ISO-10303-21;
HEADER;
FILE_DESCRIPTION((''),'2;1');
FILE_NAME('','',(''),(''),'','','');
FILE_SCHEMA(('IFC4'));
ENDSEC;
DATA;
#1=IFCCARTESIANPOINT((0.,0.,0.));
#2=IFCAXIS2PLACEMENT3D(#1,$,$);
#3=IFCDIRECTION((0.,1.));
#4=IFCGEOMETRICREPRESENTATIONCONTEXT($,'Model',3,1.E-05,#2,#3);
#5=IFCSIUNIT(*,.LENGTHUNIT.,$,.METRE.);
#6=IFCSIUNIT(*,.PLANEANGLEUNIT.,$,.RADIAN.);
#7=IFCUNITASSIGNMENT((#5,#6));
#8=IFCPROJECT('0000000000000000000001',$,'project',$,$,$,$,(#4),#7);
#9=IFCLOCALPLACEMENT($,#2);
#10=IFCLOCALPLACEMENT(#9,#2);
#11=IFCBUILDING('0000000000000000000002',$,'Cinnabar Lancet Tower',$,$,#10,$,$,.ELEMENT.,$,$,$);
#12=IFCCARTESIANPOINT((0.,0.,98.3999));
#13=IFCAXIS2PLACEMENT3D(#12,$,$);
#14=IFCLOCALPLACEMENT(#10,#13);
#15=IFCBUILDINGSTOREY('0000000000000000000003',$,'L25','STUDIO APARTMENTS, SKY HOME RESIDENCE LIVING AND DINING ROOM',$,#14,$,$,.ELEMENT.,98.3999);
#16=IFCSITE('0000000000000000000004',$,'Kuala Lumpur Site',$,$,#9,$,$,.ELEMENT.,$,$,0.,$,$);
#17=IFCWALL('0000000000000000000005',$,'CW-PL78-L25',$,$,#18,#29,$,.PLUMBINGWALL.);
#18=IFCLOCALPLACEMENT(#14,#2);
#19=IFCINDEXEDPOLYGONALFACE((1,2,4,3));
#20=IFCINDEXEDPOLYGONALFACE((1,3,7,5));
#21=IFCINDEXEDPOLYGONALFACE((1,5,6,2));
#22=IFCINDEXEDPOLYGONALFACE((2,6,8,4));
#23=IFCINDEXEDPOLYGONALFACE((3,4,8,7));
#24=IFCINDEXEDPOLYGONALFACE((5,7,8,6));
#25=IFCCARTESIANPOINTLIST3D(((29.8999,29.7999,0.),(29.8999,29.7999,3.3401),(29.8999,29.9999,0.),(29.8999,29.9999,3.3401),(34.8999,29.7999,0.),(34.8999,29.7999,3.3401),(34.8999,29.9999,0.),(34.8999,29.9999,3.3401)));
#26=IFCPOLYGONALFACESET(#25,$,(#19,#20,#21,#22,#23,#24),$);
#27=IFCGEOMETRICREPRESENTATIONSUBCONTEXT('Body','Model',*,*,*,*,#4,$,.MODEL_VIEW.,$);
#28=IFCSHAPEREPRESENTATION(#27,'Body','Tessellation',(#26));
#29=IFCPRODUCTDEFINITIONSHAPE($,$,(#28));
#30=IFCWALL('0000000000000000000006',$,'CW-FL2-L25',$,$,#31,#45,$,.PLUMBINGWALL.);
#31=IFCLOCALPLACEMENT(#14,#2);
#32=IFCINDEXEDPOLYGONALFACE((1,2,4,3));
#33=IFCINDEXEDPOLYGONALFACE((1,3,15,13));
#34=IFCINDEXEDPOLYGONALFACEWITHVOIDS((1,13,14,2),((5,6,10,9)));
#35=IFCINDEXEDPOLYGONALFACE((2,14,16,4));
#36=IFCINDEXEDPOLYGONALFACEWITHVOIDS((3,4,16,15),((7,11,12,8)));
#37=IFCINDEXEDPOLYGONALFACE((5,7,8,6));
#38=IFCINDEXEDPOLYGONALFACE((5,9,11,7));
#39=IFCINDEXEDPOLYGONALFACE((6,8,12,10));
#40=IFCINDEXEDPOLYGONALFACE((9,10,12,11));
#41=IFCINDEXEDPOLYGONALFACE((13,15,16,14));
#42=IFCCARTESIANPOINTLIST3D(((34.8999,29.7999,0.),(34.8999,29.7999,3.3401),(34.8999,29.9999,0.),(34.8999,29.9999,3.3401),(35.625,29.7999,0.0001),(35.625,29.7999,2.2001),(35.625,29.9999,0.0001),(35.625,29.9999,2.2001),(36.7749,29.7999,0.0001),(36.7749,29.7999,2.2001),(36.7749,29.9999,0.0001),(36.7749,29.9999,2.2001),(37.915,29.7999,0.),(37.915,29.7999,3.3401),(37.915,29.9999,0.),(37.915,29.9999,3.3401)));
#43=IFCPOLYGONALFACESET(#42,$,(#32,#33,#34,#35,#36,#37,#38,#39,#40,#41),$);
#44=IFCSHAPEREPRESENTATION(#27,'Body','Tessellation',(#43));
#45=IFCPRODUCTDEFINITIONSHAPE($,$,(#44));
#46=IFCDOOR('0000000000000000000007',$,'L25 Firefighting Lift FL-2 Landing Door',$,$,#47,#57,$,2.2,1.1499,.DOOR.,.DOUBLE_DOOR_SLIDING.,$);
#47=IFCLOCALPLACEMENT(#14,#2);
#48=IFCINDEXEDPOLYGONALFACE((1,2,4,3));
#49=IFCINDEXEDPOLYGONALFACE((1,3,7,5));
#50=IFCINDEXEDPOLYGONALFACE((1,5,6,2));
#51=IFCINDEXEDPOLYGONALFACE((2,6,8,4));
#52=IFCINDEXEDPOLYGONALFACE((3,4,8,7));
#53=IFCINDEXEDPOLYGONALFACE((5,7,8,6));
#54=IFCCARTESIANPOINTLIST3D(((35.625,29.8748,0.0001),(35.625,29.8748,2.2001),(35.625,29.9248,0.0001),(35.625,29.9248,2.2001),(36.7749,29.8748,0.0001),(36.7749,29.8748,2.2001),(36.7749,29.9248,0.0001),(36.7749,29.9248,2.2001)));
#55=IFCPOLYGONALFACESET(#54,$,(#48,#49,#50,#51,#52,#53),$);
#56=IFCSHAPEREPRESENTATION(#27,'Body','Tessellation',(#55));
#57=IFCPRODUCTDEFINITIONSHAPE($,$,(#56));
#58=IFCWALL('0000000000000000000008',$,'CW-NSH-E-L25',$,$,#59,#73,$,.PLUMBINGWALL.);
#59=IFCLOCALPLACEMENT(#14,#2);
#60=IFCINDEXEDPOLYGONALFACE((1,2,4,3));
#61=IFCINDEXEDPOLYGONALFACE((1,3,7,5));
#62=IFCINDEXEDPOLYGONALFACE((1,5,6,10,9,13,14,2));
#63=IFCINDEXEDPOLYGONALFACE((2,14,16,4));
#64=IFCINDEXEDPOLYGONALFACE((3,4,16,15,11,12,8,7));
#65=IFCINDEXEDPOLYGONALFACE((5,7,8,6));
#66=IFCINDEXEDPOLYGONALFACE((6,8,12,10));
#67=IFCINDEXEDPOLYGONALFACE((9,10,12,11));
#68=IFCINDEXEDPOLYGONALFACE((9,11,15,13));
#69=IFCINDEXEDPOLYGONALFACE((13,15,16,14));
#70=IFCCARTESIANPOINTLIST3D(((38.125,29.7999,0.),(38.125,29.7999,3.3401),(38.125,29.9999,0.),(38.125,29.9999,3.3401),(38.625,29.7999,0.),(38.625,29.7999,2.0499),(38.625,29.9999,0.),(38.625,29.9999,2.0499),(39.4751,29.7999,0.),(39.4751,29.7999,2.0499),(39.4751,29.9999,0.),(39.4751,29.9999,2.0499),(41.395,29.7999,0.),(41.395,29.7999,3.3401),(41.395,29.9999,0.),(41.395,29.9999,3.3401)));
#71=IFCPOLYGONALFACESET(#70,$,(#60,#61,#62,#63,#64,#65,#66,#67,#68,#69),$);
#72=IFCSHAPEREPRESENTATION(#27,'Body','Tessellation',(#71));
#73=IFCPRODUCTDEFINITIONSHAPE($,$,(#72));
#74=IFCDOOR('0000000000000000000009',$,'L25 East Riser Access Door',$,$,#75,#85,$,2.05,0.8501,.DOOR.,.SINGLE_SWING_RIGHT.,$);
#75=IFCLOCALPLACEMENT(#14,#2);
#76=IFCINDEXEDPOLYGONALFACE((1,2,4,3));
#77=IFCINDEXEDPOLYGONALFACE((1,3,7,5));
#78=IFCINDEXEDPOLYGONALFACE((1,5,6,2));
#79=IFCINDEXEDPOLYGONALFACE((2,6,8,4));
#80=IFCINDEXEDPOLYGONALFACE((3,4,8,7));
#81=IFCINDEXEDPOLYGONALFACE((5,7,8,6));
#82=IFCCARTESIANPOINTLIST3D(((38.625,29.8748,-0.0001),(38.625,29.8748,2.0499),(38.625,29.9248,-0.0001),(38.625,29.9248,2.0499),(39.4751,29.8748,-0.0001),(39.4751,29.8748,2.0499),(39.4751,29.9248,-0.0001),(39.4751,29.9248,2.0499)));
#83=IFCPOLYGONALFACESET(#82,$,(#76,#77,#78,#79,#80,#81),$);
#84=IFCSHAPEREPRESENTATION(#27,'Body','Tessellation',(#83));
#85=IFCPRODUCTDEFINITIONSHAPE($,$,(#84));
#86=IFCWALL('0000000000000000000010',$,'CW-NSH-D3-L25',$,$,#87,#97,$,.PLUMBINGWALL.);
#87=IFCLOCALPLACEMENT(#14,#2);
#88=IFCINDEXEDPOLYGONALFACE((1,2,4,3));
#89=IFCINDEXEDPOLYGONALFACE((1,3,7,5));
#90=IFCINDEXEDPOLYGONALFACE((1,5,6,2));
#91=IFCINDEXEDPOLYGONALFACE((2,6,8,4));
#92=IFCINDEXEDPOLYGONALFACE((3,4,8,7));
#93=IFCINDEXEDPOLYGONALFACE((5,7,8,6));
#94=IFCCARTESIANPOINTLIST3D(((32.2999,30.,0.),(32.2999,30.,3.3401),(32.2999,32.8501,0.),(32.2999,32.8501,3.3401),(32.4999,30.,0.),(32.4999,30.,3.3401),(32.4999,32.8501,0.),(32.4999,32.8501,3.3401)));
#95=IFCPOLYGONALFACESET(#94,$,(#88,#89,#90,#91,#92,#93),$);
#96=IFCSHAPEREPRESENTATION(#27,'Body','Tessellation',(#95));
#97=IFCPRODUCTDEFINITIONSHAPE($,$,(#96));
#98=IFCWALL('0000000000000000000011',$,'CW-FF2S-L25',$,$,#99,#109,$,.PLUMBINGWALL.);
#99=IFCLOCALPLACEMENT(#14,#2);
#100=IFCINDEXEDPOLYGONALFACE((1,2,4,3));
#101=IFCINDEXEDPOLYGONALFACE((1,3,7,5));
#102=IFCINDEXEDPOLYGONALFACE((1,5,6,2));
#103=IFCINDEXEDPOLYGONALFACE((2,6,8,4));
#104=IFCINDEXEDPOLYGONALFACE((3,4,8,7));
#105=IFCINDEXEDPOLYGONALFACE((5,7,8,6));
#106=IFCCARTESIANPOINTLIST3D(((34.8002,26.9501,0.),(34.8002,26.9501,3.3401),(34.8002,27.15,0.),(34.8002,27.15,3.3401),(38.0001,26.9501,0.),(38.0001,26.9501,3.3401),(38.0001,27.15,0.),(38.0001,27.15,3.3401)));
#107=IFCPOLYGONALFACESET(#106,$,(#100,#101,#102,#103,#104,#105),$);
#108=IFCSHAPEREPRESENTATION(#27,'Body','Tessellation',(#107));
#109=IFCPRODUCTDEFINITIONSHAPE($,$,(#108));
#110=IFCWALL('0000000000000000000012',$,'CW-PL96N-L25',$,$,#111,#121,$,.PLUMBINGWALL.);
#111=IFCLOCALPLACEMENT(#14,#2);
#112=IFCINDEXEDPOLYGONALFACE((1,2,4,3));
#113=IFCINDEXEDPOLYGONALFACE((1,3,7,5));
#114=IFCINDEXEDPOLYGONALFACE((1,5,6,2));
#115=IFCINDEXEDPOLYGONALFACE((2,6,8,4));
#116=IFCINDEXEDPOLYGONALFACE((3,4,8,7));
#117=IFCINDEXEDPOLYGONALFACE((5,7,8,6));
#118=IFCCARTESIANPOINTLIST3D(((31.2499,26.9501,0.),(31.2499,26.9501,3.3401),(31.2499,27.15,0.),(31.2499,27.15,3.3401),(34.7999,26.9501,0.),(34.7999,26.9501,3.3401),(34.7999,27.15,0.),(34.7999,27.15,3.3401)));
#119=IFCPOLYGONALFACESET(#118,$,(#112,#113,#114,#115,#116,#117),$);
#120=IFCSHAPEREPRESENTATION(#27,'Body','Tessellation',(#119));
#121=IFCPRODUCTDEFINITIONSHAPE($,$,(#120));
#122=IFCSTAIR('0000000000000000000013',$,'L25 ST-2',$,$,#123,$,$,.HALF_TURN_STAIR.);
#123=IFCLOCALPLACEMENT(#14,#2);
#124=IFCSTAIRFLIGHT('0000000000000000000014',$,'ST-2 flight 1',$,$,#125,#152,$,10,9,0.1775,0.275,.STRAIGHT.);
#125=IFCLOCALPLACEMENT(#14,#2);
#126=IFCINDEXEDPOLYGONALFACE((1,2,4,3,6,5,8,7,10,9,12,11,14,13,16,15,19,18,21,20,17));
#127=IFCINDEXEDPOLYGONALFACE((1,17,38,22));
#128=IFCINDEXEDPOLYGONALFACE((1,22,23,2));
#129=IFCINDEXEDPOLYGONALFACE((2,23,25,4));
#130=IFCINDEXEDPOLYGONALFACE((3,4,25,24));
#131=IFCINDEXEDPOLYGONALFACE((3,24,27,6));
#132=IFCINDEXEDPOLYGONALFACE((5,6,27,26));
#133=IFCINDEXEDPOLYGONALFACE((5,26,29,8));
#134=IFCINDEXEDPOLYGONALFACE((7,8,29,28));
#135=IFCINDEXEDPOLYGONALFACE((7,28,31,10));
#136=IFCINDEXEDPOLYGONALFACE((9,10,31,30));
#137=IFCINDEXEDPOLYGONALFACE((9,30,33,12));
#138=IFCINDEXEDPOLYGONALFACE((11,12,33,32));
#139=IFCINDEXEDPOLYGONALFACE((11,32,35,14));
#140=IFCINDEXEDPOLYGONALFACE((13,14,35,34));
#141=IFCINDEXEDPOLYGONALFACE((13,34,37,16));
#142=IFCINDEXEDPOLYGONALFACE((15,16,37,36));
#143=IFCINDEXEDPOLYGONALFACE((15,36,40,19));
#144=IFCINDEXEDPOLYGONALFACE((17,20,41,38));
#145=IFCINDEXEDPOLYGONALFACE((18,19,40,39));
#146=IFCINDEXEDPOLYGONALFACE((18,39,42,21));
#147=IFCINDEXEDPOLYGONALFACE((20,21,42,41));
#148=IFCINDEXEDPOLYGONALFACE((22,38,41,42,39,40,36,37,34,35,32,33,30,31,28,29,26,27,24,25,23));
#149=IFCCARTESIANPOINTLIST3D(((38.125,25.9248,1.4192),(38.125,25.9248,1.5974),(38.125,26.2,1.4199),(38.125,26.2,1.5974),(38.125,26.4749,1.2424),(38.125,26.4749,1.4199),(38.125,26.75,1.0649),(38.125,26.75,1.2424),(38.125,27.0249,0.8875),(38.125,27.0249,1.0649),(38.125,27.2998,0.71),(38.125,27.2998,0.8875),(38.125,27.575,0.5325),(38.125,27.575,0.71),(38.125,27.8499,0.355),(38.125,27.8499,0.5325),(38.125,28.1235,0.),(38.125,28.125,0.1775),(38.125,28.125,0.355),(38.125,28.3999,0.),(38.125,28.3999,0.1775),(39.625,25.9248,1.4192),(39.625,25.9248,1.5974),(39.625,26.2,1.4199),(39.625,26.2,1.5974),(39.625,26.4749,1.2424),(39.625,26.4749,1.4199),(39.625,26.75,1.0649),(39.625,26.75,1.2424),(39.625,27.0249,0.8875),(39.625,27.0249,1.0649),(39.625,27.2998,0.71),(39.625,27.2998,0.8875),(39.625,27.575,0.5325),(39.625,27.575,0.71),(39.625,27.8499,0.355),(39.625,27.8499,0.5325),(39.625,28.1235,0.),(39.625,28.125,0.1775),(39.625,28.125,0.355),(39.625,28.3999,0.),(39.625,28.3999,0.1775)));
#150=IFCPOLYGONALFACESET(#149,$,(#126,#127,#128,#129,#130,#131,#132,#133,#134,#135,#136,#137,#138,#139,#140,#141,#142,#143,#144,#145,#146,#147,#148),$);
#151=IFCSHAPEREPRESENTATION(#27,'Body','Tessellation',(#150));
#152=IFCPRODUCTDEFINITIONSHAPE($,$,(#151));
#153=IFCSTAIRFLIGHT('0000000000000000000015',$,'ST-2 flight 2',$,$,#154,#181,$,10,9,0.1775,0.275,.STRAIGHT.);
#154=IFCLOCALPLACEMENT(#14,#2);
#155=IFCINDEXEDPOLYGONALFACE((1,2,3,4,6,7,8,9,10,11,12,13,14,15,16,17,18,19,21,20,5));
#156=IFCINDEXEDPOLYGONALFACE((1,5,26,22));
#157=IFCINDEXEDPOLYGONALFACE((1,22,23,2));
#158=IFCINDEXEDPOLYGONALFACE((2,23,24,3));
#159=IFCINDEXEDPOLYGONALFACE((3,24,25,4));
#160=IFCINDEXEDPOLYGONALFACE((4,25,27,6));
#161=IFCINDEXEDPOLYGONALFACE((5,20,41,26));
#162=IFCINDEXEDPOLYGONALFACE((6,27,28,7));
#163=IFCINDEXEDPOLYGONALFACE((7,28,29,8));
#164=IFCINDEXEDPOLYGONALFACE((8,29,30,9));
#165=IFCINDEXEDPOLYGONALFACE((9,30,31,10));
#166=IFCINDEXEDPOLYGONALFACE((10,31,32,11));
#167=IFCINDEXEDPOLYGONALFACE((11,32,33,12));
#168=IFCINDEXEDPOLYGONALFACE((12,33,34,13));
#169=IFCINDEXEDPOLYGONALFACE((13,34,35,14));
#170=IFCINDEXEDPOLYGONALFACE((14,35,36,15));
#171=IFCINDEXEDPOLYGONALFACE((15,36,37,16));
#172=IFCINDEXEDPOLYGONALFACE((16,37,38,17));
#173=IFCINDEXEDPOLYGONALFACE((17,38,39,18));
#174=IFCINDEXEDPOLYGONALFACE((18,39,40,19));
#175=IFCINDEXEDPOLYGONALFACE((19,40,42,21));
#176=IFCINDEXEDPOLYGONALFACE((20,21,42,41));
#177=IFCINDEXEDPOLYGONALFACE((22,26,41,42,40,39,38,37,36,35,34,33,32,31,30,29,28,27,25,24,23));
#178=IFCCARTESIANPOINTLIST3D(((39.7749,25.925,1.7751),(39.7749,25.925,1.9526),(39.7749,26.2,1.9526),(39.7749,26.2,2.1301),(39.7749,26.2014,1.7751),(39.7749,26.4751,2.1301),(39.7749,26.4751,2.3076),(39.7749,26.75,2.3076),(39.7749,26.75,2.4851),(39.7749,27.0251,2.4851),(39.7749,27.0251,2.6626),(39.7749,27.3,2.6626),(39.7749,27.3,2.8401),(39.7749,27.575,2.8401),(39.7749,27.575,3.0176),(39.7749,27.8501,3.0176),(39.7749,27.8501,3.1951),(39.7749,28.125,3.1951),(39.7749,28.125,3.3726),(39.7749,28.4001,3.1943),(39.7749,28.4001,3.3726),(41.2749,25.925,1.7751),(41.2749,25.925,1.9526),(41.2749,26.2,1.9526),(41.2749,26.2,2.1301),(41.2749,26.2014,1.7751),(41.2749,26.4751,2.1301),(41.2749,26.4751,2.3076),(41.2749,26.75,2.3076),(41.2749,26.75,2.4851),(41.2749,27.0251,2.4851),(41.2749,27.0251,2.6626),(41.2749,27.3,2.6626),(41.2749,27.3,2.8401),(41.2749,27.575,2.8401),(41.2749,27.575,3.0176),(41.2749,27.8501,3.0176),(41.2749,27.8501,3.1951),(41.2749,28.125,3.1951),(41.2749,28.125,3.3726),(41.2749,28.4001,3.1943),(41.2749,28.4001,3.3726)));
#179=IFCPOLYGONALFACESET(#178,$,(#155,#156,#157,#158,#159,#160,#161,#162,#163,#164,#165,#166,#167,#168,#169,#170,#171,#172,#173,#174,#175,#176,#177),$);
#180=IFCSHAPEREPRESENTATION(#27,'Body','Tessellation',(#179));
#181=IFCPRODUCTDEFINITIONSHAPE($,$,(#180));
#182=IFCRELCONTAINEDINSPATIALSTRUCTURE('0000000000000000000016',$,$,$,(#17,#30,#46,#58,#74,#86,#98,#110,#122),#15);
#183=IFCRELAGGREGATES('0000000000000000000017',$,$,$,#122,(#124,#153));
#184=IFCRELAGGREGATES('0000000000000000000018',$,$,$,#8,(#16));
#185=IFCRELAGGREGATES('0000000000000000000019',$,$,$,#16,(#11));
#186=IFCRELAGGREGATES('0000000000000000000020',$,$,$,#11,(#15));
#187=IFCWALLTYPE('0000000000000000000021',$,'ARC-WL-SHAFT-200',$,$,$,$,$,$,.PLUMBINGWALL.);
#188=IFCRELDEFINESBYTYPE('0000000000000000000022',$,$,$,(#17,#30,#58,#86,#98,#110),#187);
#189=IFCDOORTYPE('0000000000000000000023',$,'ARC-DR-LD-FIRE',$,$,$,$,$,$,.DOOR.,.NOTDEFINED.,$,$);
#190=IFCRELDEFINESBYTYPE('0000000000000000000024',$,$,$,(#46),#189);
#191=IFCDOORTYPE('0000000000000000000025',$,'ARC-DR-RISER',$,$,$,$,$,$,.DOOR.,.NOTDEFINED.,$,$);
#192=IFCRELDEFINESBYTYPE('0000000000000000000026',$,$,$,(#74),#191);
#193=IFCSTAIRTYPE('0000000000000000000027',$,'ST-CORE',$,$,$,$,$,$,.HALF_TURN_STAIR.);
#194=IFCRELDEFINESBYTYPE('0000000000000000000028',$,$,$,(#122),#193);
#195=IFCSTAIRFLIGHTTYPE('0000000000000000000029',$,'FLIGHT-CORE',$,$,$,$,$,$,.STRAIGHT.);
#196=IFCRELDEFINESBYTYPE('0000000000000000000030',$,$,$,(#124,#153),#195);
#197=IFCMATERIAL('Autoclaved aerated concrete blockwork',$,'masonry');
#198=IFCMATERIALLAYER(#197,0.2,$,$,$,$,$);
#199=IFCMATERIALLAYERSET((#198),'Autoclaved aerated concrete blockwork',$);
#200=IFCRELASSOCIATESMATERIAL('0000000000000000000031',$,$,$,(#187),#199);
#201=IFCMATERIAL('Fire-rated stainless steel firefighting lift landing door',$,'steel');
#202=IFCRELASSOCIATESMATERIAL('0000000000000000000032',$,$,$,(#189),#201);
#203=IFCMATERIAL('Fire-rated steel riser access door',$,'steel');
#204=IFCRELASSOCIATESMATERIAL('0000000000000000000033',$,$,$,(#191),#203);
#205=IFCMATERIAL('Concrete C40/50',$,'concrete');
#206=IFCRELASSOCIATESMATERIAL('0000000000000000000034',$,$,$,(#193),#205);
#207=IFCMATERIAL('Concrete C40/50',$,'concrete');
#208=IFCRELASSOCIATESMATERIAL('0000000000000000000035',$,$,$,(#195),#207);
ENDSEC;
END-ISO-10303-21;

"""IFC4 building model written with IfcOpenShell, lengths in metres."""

from ifc_helpers import new_model, si_unit, direction, frame, frame_2d, origin, place, context, subcontext, project, spatial, polyline, rectangle, outline, extrude, material, layer, layer_set, type_object, element, fill, aggregate, save


model = new_model("IFC4")

# Units and contexts
model_context = context("Model", 3, precision=1e-05, world=origin(), true_north=direction((0.0, 1.0)))
body_context = subcontext(model_context, "Body", "Model", "MODEL_VIEW")
ifc_project = project(units=[si_unit("LENGTHUNIT", "METRE"), si_unit("PLANEANGLEUNIT", "RADIAN")], contexts=[model_context])

# Site, building, storey
site_placement = place(None, origin())
site = spatial("IfcSite", under=ifc_project, at=site_placement, Name="Kuala Lumpur Site", CompositionType="ELEMENT", RefElevation=0.0)
building_placement = place(site_placement, origin())
building = spatial("IfcBuilding", under=site, at=building_placement, Name="Cinnabar Lancet Tower", CompositionType="ELEMENT")
storey_placement = place(building_placement, frame((0.0, 0.0, 98.3999)))
storey = spatial("IfcBuildingStorey", under=building, at=storey_placement, Name="L25", Description="STUDIO APARTMENTS, SKY HOME RESIDENCE LIVING AND DINING ROOM", CompositionType="ELEMENT", Elevation=98.3999)

# Wall
ifc_material_1 = material(Name="Autoclaved aerated concrete blockwork", Category="masonry")
ifc_layer = layer(ifc_material_1, 0.2)
ifc_layer_set = layer_set([ifc_layer], Name="Autoclaved aerated concrete blockwork")
wall_type = type_object("IfcWallType", Name="ARC-WL-SHAFT-200", PredefinedType="PLUMBINGWALL", material=ifc_layer_set)
wall_1_placement = place(storey_placement, frame((29.8999, 29.8999, 0.0), z_axis=(0.0, 0.0, 1.0), x_axis=(1.0, 0.0, 0.0)))
element("IfcWall", 1, at=wall_1_placement, inside=storey, type_object=wall_type, Name="CW-PL78-L25", PredefinedType="PLUMBINGWALL", context=body_context, shape_type="SweptSolid", body=[
    extrude(rectangle(XDim=5.0, YDim=0.2, at=frame_2d((2.5, 0.0))), origin(), (0.0, 0.0, 1.0), 3.3401),
])

# Walls, openings, doors
wall_2_placement = place(storey_placement, frame((34.8999, 29.8999, 0.0), z_axis=(0.0, 0.0, 1.0), x_axis=(1.0, 0.0, 0.0)))
wall_2 = element("IfcWall", 2, at=wall_2_placement, inside=storey, type_object=wall_type, Name="CW-FL2-L25", PredefinedType="PLUMBINGWALL", context=body_context, shape_type="SweptSolid", body=[
    extrude(rectangle(XDim=3.0151, YDim=0.2, at=frame_2d((1.5076, 0.0))), origin(), (0.0, 0.0, 1.0), 3.3401),
])
opening_1_placement = place(wall_2_placement, frame((0.7251, 0.0, 0.0)))
opening_1 = element("IfcOpeningElement", 3, at=opening_1_placement, cuts=wall_2, PredefinedType="OPENING", context=body_context, shape_type="SweptSolid", body=[
    extrude(rectangle(XDim=1.1499, YDim=2.2, at=frame_2d((0.575, 1.1001))), frame((0.0, 0.1099, 0.0), z_axis=(0.0, -1.0, 0.0), x_axis=(1.0, 0.0, 0.0)), (0.0, 0.0, 1.0), 0.22),
])
ifc_material_2 = material(Name="Fire-rated stainless steel firefighting lift landing door", Category="steel")
door_type_1 = type_object("IfcDoorType", Name="ARC-DR-LD-FIRE", OperationType="NOTDEFINED", PredefinedType="DOOR", material=ifc_material_2)
door_1_placement = place(opening_1_placement, origin())
door_1 = element("IfcDoor", 4, at=door_1_placement, inside=storey, type_object=door_type_1, Name="L25 Firefighting Lift FL-2 Landing Door", OperationType="DOUBLE_DOOR_SLIDING", OverallHeight=2.2, OverallWidth=1.1499, PredefinedType="DOOR", context=body_context, shape_type="SweptSolid", body=[
    extrude(rectangle(XDim=1.1499, YDim=2.2, at=frame_2d((0.575, 1.1001))), frame((0.0, 0.0249, 0.0), z_axis=(0.0, -1.0, 0.0), x_axis=(1.0, 0.0, 0.0)), (0.0, 0.0, 1.0), 0.05),
])
fill(opening_1, door_1)
wall_3_placement = place(storey_placement, frame((38.125, 29.8999, 0.0), z_axis=(0.0, 0.0, 1.0), x_axis=(1.0, 0.0, 0.0)))
wall_3 = element("IfcWall", 5, at=wall_3_placement, inside=storey, type_object=wall_type, Name="CW-NSH-E-L25", PredefinedType="PLUMBINGWALL", context=body_context, shape_type="SweptSolid", body=[
    extrude(rectangle(XDim=3.27, YDim=0.2, at=frame_2d((1.635, 0.0))), origin(), (0.0, 0.0, 1.0), 3.3401),
])
opening_2_placement = place(wall_3_placement, frame((0.5, 0.0, 0.0)))
opening_2 = element("IfcOpeningElement", 6, at=opening_2_placement, cuts=wall_3, PredefinedType="OPENING", context=body_context, shape_type="SweptSolid", body=[
    extrude(rectangle(XDim=0.8501, YDim=2.05, at=frame_2d((0.425, 1.0249))), frame((0.0, 0.1099, 0.0), z_axis=(0.0, -1.0, 0.0), x_axis=(1.0, 0.0, 0.0)), (0.0, 0.0, 1.0), 0.22),
])
ifc_material_3 = material(Name="Fire-rated steel riser access door", Category="steel")
door_type_2 = type_object("IfcDoorType", Name="ARC-DR-RISER", OperationType="NOTDEFINED", PredefinedType="DOOR", material=ifc_material_3)
door_2_placement = place(opening_2_placement, origin())
door_2 = element("IfcDoor", 7, at=door_2_placement, inside=storey, type_object=door_type_2, Name="L25 East Riser Access Door", OperationType="SINGLE_SWING_RIGHT", OverallHeight=2.05, OverallWidth=0.8501, PredefinedType="DOOR", context=body_context, shape_type="SweptSolid", body=[
    extrude(rectangle(XDim=0.8501, YDim=2.05, at=frame_2d((0.425, 1.0249))), frame((0.0, 0.0249, 0.0), z_axis=(0.0, -1.0, 0.0), x_axis=(1.0, 0.0, 0.0)), (0.0, 0.0, 1.0), 0.05),
])
fill(opening_2, door_2)

# Wall
wall_4_placement = place(storey_placement, frame((32.3999, 30.0, 0.0), z_axis=(0.0, 0.0, 1.0), x_axis=(0.0, 1.0, 0.0)))
element("IfcWall", 8, at=wall_4_placement, inside=storey, type_object=wall_type, Name="CW-NSH-D3-L25", PredefinedType="PLUMBINGWALL", context=body_context, shape_type="SweptSolid", body=[
    extrude(rectangle(XDim=2.8501, YDim=0.2, at=frame_2d((1.425, 0.0))), origin(), (0.0, 0.0, 1.0), 3.3401),
])

# Walls
wall_5_placement = place(storey_placement, frame((34.8, 27.05, 0.0), z_axis=(0.0, 0.0, 1.0), x_axis=(1.0, 0.0, 0.0)))
element("IfcWall", 9, at=wall_5_placement, inside=storey, type_object=wall_type, Name="CW-FF2S-L25", PredefinedType="PLUMBINGWALL", context=body_context, shape_type="SweptSolid", body=[
    extrude(rectangle(XDim=3.2, YDim=0.2, at=frame_2d((1.6001, 0.0))), origin(), (0.0, 0.0, 1.0), 3.3401),
])
wall_6_placement = place(storey_placement, frame((31.25, 27.05, 0.0), z_axis=(0.0, 0.0, 1.0), x_axis=(1.0, 0.0, 0.0)))
element("IfcWall", 10, at=wall_6_placement, inside=storey, type_object=wall_type, Name="CW-PL96N-L25", PredefinedType="PLUMBINGWALL", context=body_context, shape_type="SweptSolid", body=[
    extrude(rectangle(XDim=3.55, YDim=0.2, at=frame_2d((1.7749, 0.0))), origin(), (0.0, 0.0, 1.0), 3.3401),
])

# Stair, stair flights
ifc_material_4 = material(Name="Concrete C40/50", Category="concrete")
stair_type = type_object("IfcStairType", Name="ST-CORE", PredefinedType="HALF_TURN_STAIR", material=ifc_material_4)
stair_placement = place(storey_placement, origin())
stair = element("IfcStair", 11, at=stair_placement, inside=storey, type_object=stair_type, Name="L25 ST-2", PredefinedType="HALF_TURN_STAIR")
ifc_material_5 = material(Name="Concrete C40/50", Category="concrete")
stair_flight_type = type_object("IfcStairFlightType", Name="FLIGHT-CORE", PredefinedType="STRAIGHT", material=ifc_material_5)
stair_flight_1_placement = place(storey_placement, frame((38.875, 28.3999, 0.0), z_axis=(0.0, 0.0, 1.0), x_axis=(0.0, -1.0, 0.0)))
stair_flight_1 = element("IfcStairFlight", 12, at=stair_flight_1_placement, type_object=stair_flight_type, Name="ST-2 flight 1", NumberOfRisers=10, NumberOfTreads=9, PredefinedType="STRAIGHT", RiserHeight=0.1775, TreadLength=0.275, context=body_context, shape_type="SweptSolid", body=[
    extrude(outline(polyline([(0.0, 0.0), (0.0, 0.1775), (0.2749, 0.1775), (0.2749, 0.355), (0.55, 0.355), (0.55, 0.5325), (0.825, 0.5325), (0.825, 0.71), (1.1001, 0.71), (1.1001, 0.8875), (1.375, 0.8875), (1.375, 1.0649), (1.6499, 1.0649), (1.6499, 1.2424), (1.925, 1.2424), (1.925, 1.4199), (2.2, 1.4199), (2.2, 1.5974), (2.4751, 1.5974), (2.4751, 1.7749), (2.4751, 1.4192), (0.2764, 0.0), (0.0, 0.0)])), frame((0.0, 0.75, 0.0), z_axis=(0.0, -1.0, 0.0), x_axis=(1.0, 0.0, 0.0)), (0.0, 0.0, 1.0), 1.5),
])
stair_flight_2_placement = place(storey_placement, frame((40.5249, 25.925, 1.7751), z_axis=(0.0, 0.0, 1.0), x_axis=(0.0, 1.0, 0.0)))
stair_flight_2 = element("IfcStairFlight", 13, at=stair_flight_2_placement, type_object=stair_flight_type, Name="ST-2 flight 2", NumberOfRisers=10, NumberOfTreads=9, PredefinedType="STRAIGHT", RiserHeight=0.1775, TreadLength=0.275, context=body_context, shape_type="SweptSolid", body=[
    extrude(outline(polyline([(0.0, 0.0), (0.0, 0.1775), (0.2749, 0.1775), (0.2749, 0.355), (0.55, 0.355), (0.55, 0.5325), (0.825, 0.5325), (0.825, 0.71), (1.1001, 0.71), (1.1001, 0.8875), (1.375, 0.8875), (1.375, 1.0649), (1.6499, 1.0649), (1.6499, 1.2424), (1.925, 1.2424), (1.925, 1.4199), (2.2, 1.4199), (2.2, 1.5974), (2.4751, 1.5974), (2.4751, 1.7749), (2.4751, 1.4192), (0.2764, 0.0), (0.0, 0.0)])), frame((0.0, 0.75, 0.0), z_axis=(0.0, -1.0, 0.0), x_axis=(1.0, 0.0, 0.0)), (0.0, 0.0, 1.0), 1.5),
])
aggregate(stair, [stair_flight_1, stair_flight_2])

save(model, "model.ifc")
